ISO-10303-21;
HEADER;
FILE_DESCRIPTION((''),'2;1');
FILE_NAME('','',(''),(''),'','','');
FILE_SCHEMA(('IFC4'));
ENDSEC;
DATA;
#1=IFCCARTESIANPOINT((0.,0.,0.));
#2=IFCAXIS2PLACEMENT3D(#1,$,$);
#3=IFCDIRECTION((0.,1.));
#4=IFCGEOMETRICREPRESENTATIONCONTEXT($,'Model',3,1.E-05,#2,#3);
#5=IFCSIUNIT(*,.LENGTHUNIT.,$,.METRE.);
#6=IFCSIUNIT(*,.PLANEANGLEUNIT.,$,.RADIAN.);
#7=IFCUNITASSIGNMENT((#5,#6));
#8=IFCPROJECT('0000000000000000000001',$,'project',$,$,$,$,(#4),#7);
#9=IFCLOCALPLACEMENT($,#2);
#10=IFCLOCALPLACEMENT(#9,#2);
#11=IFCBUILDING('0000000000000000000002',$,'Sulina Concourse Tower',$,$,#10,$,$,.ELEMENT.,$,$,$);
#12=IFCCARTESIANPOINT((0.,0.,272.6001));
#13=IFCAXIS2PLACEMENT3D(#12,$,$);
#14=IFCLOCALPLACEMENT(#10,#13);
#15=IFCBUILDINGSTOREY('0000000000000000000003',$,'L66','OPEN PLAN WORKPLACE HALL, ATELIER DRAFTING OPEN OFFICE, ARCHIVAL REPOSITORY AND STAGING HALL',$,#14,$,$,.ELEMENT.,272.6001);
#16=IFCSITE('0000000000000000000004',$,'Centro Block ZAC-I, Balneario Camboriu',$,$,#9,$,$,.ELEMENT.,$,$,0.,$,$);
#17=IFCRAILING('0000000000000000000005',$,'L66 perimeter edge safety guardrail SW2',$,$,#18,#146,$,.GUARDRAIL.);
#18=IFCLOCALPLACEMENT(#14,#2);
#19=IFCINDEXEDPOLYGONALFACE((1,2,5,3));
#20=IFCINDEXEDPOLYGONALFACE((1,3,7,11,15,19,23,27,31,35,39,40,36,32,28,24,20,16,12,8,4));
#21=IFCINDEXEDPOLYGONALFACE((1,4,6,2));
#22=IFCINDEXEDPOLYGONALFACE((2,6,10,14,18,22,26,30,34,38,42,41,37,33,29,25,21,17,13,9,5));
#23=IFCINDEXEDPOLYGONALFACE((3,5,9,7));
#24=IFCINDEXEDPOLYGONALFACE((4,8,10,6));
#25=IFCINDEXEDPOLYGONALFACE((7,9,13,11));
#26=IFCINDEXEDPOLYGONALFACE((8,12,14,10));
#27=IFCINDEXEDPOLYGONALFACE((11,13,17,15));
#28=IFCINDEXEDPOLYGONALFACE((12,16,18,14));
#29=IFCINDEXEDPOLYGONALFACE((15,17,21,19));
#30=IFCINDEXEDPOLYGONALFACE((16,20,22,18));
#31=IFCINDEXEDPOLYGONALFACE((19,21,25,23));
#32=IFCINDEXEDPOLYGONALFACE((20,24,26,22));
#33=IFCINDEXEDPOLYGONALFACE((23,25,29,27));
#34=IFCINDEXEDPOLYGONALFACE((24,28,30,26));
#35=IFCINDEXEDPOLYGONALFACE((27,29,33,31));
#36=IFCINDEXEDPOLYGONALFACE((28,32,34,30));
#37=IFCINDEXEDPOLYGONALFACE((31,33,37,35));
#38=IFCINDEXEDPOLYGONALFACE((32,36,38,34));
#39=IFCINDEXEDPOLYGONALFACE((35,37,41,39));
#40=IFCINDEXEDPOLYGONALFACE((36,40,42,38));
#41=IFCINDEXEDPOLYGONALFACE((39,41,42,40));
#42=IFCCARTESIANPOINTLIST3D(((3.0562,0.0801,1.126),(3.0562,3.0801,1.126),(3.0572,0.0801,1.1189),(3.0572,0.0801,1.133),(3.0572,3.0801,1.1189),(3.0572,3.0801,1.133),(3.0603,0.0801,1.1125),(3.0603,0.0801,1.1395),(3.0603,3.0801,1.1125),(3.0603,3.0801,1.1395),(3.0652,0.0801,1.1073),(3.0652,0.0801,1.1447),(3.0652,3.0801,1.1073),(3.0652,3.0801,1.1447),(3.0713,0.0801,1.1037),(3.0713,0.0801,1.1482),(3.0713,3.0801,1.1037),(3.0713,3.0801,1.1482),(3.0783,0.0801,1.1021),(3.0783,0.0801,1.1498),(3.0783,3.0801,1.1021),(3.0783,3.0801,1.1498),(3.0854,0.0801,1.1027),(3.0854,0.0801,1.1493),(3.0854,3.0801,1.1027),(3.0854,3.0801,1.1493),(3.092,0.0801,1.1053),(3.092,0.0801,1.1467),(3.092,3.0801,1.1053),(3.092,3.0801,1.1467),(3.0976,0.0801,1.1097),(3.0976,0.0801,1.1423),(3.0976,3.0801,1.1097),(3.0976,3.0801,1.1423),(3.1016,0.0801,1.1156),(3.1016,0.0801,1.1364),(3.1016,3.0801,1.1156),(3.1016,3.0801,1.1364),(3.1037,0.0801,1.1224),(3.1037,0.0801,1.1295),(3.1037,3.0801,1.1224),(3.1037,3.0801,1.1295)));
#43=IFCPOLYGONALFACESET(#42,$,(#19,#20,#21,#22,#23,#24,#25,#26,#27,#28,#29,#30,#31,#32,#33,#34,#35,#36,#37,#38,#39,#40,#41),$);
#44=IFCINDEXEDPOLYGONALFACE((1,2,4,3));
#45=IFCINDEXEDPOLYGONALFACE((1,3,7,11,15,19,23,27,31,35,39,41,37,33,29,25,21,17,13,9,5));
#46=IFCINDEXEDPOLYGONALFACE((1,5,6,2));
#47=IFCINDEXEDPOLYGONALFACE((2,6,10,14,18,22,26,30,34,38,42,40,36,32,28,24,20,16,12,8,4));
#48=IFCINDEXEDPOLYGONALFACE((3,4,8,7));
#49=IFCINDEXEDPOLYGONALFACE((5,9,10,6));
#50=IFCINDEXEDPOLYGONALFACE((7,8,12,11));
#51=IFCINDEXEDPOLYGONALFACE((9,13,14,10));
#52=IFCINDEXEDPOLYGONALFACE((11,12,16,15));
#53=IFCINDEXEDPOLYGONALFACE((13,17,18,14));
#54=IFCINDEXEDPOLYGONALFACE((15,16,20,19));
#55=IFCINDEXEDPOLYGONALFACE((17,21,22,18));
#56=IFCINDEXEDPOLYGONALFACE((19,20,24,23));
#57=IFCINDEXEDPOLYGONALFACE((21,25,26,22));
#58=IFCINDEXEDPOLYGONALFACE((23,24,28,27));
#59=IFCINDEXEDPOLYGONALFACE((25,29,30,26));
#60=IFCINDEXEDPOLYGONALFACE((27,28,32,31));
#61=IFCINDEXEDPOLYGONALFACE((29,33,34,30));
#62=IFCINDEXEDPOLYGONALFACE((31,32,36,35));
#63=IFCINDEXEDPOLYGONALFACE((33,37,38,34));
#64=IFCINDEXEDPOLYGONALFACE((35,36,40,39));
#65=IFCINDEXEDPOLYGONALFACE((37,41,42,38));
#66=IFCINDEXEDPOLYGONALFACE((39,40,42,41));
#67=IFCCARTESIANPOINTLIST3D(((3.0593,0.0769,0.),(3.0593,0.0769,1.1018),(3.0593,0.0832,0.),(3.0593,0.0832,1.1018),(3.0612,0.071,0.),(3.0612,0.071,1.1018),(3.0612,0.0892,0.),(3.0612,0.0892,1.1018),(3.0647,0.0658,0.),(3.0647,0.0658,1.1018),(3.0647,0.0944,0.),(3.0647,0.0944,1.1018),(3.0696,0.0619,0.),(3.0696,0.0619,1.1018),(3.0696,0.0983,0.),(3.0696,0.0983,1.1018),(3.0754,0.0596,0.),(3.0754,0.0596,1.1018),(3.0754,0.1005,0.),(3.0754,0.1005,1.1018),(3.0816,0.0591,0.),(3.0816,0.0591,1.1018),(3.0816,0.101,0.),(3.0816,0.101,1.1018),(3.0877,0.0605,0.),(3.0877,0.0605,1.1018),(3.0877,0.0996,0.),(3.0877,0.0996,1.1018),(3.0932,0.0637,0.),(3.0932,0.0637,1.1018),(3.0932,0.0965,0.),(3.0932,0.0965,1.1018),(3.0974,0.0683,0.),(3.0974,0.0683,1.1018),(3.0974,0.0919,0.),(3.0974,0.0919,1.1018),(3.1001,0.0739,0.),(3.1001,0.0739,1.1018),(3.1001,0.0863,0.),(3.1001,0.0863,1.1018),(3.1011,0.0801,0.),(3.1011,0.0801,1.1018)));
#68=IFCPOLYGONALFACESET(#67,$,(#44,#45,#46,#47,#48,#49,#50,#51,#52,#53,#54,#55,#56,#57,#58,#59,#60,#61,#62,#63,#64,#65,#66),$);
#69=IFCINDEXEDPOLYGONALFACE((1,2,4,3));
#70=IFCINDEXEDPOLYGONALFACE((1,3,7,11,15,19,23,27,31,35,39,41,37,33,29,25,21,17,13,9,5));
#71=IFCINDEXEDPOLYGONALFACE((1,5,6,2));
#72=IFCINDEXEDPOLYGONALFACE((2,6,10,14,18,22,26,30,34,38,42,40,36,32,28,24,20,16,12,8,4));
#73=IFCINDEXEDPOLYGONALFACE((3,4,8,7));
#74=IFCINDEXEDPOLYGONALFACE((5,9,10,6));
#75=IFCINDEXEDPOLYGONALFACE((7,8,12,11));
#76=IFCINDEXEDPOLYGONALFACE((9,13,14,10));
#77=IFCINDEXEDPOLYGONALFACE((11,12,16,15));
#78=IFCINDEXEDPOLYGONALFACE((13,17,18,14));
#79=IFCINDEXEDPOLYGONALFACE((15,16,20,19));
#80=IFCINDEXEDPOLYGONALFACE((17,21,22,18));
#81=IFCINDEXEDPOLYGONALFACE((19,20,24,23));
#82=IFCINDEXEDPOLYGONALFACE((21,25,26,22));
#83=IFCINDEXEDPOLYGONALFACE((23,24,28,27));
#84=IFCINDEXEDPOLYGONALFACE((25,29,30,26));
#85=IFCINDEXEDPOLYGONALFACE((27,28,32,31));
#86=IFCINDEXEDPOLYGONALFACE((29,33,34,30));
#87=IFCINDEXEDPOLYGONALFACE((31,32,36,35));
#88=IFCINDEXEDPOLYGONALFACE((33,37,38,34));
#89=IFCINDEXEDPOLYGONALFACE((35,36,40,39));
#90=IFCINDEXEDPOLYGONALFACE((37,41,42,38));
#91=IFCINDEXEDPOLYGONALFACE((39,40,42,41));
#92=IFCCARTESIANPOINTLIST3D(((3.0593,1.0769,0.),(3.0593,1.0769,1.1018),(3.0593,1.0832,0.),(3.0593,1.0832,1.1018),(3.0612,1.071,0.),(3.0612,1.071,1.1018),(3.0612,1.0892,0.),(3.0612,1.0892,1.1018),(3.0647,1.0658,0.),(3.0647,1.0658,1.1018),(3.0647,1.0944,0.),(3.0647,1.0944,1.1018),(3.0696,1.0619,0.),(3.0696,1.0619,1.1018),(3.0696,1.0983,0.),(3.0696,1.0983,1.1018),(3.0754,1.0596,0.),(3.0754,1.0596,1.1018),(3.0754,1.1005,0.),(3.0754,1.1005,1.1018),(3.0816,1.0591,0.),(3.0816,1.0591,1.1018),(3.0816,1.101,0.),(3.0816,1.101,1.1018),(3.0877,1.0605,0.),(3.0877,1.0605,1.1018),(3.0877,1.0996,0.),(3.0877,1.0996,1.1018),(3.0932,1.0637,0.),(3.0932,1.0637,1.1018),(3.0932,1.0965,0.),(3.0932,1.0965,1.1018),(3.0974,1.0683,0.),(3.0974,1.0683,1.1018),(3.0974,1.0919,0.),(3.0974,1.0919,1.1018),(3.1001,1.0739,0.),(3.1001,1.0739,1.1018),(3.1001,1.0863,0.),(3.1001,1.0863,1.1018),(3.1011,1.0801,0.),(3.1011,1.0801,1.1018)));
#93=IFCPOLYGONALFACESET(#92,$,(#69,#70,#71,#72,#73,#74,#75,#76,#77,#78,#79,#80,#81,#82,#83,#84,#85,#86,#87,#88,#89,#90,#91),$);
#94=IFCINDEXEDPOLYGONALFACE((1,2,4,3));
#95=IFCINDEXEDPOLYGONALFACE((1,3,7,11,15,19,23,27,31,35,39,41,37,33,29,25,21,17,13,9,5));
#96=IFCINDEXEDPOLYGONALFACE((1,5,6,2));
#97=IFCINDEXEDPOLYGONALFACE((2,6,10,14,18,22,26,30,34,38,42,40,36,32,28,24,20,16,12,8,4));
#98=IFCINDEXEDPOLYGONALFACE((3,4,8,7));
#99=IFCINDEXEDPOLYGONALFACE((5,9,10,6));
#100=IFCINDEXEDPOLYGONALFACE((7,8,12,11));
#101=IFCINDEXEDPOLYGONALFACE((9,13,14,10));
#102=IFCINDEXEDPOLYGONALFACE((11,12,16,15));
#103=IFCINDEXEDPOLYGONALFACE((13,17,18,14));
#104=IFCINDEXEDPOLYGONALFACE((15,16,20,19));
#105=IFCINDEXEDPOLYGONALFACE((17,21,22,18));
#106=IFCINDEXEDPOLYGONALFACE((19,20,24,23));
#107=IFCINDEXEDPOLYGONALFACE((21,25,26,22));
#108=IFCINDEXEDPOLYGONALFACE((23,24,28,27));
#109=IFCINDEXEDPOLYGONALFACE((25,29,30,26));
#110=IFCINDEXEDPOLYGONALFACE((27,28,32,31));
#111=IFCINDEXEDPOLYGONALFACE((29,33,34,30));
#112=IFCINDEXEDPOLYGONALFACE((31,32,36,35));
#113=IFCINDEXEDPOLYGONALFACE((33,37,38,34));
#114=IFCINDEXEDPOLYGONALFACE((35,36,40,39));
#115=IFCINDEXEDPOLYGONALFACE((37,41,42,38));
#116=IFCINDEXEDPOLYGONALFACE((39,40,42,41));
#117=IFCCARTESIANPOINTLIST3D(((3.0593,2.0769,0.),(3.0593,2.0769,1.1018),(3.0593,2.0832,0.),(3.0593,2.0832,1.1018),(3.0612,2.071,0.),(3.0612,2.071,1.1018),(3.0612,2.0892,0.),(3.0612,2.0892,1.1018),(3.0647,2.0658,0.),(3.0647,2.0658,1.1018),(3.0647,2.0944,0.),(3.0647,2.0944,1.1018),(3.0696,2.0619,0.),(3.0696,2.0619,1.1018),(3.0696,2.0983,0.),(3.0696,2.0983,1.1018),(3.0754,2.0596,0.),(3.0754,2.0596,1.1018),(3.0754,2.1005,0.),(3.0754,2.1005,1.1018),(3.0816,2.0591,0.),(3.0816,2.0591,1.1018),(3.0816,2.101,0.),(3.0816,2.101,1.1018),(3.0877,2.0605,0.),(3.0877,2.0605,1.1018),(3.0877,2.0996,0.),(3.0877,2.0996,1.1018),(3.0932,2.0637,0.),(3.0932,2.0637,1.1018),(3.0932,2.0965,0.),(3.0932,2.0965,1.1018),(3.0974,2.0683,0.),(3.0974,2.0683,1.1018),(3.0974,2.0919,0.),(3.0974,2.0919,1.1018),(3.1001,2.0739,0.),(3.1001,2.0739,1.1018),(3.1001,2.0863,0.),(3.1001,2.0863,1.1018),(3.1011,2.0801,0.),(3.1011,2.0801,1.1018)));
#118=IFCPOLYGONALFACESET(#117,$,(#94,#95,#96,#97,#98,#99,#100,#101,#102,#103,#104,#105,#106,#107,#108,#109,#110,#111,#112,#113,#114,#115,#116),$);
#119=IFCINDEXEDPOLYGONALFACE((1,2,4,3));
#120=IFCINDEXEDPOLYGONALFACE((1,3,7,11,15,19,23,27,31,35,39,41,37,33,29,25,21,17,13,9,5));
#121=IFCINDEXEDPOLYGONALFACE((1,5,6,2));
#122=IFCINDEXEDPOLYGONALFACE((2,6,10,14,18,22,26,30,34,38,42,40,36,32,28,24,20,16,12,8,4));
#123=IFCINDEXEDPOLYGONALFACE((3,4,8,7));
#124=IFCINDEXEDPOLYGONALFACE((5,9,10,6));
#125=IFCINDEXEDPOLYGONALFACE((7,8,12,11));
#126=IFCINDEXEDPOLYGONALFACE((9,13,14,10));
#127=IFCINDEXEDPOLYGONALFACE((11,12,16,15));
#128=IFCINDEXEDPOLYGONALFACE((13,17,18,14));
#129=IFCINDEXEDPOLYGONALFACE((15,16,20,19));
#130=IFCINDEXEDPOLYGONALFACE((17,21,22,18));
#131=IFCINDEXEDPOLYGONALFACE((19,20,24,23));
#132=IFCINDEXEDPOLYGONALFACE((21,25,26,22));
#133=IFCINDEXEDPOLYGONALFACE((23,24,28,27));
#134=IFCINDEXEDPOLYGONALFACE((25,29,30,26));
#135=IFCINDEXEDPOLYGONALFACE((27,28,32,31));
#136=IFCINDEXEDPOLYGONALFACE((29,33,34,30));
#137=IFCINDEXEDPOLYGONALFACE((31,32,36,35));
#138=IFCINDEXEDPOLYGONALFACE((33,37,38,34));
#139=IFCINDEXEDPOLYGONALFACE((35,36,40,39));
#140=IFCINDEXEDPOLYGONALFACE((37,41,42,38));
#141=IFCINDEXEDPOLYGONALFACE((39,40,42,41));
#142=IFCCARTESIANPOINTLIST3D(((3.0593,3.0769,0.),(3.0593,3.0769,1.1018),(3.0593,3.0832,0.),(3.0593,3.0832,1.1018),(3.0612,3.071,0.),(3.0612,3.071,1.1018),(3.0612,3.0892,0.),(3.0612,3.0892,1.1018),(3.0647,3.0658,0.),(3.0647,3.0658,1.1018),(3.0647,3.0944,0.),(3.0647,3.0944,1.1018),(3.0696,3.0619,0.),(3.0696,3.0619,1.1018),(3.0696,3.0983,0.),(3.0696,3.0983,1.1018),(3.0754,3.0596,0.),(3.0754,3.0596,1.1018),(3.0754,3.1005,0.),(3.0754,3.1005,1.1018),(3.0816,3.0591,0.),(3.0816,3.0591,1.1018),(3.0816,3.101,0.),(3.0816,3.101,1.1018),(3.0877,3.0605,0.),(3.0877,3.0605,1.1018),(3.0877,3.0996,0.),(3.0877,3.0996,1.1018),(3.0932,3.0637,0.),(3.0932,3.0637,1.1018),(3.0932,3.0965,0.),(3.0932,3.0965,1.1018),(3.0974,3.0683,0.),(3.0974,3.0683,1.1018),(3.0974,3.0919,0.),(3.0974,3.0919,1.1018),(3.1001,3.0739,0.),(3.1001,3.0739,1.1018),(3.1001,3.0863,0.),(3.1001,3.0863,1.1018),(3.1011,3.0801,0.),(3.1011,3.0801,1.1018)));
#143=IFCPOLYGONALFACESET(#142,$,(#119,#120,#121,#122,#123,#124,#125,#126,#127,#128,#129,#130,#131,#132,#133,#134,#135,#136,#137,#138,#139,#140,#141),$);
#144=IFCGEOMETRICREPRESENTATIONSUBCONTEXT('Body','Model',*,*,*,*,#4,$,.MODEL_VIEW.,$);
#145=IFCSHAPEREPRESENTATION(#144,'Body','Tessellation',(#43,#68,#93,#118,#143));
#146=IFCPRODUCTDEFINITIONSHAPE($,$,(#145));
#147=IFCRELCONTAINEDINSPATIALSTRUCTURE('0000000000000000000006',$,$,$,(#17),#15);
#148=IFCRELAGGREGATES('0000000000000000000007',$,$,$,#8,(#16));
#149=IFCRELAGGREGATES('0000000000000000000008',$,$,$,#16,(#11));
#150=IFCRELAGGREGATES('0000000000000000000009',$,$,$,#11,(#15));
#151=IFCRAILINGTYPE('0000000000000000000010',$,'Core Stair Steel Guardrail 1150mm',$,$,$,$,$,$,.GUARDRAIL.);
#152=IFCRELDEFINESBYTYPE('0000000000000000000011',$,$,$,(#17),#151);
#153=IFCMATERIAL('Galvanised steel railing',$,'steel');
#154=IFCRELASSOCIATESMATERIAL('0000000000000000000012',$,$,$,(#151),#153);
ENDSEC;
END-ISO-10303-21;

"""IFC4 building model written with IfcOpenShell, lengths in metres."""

from ifc_helpers import new_model, si_unit, direction, frame, origin, origin_2d, place, context, subcontext, project, spatial, circle, extrude, material, type_object, element, save


model = new_model("IFC4")

# Units and contexts
model_context = context("Model", 3, precision=1e-05, world=origin(), true_north=direction((0.0, 1.0)))
body_context = subcontext(model_context, "Body", "Model", "MODEL_VIEW")
ifc_project = project(units=[si_unit("LENGTHUNIT", "METRE"), si_unit("PLANEANGLEUNIT", "RADIAN")], contexts=[model_context])

# Site, building, storey
site_placement = place(None, origin())
site = spatial("IfcSite", under=ifc_project, at=site_placement, Name="Centro Block ZAC-I, Balneario Camboriu", CompositionType="ELEMENT", RefElevation=0.0)
building_placement = place(site_placement, origin())
building = spatial("IfcBuilding", under=site, at=building_placement, Name="Sulina Concourse Tower", CompositionType="ELEMENT")
storey_placement = place(building_placement, frame((0.0, 0.0, 272.6001)))
storey = spatial("IfcBuildingStorey", under=building, at=storey_placement, Name="L66", Description="OPEN PLAN WORKPLACE HALL, ATELIER DRAFTING OPEN OFFICE, ARCHIVAL REPOSITORY AND STAGING HALL", CompositionType="ELEMENT", Elevation=272.6001)

# Railing
ifc_material_1 = material(Name="Galvanised steel railing", Category="steel")
railing_type = type_object("IfcRailingType", Name="Core Stair Steel Guardrail 1150mm", PredefinedType="GUARDRAIL", material=ifc_material_1)
railing_1_placement = place(storey_placement, frame((3.0801, 0.0801, 0.0)))
element("IfcRailing", 1, at=railing_1_placement, inside=storey, type_object=railing_type, Name="L66 perimeter edge safety guardrail SW2", PredefinedType="GUARDRAIL", context=body_context, shape_type="SweptSolid", body=[
    extrude(circle(Radius=0.0239, at=origin_2d()), frame((0.0, 0.0, 1.126), z_axis=(0.0, 1.0, 0.0), x_axis=(-1.0, 0.0, 0.0)), (0.0, 0.0, 1.0), 3.0),
    extrude(circle(Radius=0.021, at=origin_2d()), origin(), (0.0, 0.0, 1.0), 1.1018),
    extrude(circle(Radius=0.021, at=origin_2d()), frame((0.0, 1.0, 0.0)), (0.0, 0.0, 1.0), 1.1018),
    extrude(circle(Radius=0.021, at=origin_2d()), frame((0.0, 2.0, 0.0)), (0.0, 0.0, 1.0), 1.1018),
    extrude(circle(Radius=0.021, at=origin_2d()), frame((0.0, 3.0, 0.0)), (0.0, 0.0, 1.0), 1.1018),
])

save(model, "model.ifc")
